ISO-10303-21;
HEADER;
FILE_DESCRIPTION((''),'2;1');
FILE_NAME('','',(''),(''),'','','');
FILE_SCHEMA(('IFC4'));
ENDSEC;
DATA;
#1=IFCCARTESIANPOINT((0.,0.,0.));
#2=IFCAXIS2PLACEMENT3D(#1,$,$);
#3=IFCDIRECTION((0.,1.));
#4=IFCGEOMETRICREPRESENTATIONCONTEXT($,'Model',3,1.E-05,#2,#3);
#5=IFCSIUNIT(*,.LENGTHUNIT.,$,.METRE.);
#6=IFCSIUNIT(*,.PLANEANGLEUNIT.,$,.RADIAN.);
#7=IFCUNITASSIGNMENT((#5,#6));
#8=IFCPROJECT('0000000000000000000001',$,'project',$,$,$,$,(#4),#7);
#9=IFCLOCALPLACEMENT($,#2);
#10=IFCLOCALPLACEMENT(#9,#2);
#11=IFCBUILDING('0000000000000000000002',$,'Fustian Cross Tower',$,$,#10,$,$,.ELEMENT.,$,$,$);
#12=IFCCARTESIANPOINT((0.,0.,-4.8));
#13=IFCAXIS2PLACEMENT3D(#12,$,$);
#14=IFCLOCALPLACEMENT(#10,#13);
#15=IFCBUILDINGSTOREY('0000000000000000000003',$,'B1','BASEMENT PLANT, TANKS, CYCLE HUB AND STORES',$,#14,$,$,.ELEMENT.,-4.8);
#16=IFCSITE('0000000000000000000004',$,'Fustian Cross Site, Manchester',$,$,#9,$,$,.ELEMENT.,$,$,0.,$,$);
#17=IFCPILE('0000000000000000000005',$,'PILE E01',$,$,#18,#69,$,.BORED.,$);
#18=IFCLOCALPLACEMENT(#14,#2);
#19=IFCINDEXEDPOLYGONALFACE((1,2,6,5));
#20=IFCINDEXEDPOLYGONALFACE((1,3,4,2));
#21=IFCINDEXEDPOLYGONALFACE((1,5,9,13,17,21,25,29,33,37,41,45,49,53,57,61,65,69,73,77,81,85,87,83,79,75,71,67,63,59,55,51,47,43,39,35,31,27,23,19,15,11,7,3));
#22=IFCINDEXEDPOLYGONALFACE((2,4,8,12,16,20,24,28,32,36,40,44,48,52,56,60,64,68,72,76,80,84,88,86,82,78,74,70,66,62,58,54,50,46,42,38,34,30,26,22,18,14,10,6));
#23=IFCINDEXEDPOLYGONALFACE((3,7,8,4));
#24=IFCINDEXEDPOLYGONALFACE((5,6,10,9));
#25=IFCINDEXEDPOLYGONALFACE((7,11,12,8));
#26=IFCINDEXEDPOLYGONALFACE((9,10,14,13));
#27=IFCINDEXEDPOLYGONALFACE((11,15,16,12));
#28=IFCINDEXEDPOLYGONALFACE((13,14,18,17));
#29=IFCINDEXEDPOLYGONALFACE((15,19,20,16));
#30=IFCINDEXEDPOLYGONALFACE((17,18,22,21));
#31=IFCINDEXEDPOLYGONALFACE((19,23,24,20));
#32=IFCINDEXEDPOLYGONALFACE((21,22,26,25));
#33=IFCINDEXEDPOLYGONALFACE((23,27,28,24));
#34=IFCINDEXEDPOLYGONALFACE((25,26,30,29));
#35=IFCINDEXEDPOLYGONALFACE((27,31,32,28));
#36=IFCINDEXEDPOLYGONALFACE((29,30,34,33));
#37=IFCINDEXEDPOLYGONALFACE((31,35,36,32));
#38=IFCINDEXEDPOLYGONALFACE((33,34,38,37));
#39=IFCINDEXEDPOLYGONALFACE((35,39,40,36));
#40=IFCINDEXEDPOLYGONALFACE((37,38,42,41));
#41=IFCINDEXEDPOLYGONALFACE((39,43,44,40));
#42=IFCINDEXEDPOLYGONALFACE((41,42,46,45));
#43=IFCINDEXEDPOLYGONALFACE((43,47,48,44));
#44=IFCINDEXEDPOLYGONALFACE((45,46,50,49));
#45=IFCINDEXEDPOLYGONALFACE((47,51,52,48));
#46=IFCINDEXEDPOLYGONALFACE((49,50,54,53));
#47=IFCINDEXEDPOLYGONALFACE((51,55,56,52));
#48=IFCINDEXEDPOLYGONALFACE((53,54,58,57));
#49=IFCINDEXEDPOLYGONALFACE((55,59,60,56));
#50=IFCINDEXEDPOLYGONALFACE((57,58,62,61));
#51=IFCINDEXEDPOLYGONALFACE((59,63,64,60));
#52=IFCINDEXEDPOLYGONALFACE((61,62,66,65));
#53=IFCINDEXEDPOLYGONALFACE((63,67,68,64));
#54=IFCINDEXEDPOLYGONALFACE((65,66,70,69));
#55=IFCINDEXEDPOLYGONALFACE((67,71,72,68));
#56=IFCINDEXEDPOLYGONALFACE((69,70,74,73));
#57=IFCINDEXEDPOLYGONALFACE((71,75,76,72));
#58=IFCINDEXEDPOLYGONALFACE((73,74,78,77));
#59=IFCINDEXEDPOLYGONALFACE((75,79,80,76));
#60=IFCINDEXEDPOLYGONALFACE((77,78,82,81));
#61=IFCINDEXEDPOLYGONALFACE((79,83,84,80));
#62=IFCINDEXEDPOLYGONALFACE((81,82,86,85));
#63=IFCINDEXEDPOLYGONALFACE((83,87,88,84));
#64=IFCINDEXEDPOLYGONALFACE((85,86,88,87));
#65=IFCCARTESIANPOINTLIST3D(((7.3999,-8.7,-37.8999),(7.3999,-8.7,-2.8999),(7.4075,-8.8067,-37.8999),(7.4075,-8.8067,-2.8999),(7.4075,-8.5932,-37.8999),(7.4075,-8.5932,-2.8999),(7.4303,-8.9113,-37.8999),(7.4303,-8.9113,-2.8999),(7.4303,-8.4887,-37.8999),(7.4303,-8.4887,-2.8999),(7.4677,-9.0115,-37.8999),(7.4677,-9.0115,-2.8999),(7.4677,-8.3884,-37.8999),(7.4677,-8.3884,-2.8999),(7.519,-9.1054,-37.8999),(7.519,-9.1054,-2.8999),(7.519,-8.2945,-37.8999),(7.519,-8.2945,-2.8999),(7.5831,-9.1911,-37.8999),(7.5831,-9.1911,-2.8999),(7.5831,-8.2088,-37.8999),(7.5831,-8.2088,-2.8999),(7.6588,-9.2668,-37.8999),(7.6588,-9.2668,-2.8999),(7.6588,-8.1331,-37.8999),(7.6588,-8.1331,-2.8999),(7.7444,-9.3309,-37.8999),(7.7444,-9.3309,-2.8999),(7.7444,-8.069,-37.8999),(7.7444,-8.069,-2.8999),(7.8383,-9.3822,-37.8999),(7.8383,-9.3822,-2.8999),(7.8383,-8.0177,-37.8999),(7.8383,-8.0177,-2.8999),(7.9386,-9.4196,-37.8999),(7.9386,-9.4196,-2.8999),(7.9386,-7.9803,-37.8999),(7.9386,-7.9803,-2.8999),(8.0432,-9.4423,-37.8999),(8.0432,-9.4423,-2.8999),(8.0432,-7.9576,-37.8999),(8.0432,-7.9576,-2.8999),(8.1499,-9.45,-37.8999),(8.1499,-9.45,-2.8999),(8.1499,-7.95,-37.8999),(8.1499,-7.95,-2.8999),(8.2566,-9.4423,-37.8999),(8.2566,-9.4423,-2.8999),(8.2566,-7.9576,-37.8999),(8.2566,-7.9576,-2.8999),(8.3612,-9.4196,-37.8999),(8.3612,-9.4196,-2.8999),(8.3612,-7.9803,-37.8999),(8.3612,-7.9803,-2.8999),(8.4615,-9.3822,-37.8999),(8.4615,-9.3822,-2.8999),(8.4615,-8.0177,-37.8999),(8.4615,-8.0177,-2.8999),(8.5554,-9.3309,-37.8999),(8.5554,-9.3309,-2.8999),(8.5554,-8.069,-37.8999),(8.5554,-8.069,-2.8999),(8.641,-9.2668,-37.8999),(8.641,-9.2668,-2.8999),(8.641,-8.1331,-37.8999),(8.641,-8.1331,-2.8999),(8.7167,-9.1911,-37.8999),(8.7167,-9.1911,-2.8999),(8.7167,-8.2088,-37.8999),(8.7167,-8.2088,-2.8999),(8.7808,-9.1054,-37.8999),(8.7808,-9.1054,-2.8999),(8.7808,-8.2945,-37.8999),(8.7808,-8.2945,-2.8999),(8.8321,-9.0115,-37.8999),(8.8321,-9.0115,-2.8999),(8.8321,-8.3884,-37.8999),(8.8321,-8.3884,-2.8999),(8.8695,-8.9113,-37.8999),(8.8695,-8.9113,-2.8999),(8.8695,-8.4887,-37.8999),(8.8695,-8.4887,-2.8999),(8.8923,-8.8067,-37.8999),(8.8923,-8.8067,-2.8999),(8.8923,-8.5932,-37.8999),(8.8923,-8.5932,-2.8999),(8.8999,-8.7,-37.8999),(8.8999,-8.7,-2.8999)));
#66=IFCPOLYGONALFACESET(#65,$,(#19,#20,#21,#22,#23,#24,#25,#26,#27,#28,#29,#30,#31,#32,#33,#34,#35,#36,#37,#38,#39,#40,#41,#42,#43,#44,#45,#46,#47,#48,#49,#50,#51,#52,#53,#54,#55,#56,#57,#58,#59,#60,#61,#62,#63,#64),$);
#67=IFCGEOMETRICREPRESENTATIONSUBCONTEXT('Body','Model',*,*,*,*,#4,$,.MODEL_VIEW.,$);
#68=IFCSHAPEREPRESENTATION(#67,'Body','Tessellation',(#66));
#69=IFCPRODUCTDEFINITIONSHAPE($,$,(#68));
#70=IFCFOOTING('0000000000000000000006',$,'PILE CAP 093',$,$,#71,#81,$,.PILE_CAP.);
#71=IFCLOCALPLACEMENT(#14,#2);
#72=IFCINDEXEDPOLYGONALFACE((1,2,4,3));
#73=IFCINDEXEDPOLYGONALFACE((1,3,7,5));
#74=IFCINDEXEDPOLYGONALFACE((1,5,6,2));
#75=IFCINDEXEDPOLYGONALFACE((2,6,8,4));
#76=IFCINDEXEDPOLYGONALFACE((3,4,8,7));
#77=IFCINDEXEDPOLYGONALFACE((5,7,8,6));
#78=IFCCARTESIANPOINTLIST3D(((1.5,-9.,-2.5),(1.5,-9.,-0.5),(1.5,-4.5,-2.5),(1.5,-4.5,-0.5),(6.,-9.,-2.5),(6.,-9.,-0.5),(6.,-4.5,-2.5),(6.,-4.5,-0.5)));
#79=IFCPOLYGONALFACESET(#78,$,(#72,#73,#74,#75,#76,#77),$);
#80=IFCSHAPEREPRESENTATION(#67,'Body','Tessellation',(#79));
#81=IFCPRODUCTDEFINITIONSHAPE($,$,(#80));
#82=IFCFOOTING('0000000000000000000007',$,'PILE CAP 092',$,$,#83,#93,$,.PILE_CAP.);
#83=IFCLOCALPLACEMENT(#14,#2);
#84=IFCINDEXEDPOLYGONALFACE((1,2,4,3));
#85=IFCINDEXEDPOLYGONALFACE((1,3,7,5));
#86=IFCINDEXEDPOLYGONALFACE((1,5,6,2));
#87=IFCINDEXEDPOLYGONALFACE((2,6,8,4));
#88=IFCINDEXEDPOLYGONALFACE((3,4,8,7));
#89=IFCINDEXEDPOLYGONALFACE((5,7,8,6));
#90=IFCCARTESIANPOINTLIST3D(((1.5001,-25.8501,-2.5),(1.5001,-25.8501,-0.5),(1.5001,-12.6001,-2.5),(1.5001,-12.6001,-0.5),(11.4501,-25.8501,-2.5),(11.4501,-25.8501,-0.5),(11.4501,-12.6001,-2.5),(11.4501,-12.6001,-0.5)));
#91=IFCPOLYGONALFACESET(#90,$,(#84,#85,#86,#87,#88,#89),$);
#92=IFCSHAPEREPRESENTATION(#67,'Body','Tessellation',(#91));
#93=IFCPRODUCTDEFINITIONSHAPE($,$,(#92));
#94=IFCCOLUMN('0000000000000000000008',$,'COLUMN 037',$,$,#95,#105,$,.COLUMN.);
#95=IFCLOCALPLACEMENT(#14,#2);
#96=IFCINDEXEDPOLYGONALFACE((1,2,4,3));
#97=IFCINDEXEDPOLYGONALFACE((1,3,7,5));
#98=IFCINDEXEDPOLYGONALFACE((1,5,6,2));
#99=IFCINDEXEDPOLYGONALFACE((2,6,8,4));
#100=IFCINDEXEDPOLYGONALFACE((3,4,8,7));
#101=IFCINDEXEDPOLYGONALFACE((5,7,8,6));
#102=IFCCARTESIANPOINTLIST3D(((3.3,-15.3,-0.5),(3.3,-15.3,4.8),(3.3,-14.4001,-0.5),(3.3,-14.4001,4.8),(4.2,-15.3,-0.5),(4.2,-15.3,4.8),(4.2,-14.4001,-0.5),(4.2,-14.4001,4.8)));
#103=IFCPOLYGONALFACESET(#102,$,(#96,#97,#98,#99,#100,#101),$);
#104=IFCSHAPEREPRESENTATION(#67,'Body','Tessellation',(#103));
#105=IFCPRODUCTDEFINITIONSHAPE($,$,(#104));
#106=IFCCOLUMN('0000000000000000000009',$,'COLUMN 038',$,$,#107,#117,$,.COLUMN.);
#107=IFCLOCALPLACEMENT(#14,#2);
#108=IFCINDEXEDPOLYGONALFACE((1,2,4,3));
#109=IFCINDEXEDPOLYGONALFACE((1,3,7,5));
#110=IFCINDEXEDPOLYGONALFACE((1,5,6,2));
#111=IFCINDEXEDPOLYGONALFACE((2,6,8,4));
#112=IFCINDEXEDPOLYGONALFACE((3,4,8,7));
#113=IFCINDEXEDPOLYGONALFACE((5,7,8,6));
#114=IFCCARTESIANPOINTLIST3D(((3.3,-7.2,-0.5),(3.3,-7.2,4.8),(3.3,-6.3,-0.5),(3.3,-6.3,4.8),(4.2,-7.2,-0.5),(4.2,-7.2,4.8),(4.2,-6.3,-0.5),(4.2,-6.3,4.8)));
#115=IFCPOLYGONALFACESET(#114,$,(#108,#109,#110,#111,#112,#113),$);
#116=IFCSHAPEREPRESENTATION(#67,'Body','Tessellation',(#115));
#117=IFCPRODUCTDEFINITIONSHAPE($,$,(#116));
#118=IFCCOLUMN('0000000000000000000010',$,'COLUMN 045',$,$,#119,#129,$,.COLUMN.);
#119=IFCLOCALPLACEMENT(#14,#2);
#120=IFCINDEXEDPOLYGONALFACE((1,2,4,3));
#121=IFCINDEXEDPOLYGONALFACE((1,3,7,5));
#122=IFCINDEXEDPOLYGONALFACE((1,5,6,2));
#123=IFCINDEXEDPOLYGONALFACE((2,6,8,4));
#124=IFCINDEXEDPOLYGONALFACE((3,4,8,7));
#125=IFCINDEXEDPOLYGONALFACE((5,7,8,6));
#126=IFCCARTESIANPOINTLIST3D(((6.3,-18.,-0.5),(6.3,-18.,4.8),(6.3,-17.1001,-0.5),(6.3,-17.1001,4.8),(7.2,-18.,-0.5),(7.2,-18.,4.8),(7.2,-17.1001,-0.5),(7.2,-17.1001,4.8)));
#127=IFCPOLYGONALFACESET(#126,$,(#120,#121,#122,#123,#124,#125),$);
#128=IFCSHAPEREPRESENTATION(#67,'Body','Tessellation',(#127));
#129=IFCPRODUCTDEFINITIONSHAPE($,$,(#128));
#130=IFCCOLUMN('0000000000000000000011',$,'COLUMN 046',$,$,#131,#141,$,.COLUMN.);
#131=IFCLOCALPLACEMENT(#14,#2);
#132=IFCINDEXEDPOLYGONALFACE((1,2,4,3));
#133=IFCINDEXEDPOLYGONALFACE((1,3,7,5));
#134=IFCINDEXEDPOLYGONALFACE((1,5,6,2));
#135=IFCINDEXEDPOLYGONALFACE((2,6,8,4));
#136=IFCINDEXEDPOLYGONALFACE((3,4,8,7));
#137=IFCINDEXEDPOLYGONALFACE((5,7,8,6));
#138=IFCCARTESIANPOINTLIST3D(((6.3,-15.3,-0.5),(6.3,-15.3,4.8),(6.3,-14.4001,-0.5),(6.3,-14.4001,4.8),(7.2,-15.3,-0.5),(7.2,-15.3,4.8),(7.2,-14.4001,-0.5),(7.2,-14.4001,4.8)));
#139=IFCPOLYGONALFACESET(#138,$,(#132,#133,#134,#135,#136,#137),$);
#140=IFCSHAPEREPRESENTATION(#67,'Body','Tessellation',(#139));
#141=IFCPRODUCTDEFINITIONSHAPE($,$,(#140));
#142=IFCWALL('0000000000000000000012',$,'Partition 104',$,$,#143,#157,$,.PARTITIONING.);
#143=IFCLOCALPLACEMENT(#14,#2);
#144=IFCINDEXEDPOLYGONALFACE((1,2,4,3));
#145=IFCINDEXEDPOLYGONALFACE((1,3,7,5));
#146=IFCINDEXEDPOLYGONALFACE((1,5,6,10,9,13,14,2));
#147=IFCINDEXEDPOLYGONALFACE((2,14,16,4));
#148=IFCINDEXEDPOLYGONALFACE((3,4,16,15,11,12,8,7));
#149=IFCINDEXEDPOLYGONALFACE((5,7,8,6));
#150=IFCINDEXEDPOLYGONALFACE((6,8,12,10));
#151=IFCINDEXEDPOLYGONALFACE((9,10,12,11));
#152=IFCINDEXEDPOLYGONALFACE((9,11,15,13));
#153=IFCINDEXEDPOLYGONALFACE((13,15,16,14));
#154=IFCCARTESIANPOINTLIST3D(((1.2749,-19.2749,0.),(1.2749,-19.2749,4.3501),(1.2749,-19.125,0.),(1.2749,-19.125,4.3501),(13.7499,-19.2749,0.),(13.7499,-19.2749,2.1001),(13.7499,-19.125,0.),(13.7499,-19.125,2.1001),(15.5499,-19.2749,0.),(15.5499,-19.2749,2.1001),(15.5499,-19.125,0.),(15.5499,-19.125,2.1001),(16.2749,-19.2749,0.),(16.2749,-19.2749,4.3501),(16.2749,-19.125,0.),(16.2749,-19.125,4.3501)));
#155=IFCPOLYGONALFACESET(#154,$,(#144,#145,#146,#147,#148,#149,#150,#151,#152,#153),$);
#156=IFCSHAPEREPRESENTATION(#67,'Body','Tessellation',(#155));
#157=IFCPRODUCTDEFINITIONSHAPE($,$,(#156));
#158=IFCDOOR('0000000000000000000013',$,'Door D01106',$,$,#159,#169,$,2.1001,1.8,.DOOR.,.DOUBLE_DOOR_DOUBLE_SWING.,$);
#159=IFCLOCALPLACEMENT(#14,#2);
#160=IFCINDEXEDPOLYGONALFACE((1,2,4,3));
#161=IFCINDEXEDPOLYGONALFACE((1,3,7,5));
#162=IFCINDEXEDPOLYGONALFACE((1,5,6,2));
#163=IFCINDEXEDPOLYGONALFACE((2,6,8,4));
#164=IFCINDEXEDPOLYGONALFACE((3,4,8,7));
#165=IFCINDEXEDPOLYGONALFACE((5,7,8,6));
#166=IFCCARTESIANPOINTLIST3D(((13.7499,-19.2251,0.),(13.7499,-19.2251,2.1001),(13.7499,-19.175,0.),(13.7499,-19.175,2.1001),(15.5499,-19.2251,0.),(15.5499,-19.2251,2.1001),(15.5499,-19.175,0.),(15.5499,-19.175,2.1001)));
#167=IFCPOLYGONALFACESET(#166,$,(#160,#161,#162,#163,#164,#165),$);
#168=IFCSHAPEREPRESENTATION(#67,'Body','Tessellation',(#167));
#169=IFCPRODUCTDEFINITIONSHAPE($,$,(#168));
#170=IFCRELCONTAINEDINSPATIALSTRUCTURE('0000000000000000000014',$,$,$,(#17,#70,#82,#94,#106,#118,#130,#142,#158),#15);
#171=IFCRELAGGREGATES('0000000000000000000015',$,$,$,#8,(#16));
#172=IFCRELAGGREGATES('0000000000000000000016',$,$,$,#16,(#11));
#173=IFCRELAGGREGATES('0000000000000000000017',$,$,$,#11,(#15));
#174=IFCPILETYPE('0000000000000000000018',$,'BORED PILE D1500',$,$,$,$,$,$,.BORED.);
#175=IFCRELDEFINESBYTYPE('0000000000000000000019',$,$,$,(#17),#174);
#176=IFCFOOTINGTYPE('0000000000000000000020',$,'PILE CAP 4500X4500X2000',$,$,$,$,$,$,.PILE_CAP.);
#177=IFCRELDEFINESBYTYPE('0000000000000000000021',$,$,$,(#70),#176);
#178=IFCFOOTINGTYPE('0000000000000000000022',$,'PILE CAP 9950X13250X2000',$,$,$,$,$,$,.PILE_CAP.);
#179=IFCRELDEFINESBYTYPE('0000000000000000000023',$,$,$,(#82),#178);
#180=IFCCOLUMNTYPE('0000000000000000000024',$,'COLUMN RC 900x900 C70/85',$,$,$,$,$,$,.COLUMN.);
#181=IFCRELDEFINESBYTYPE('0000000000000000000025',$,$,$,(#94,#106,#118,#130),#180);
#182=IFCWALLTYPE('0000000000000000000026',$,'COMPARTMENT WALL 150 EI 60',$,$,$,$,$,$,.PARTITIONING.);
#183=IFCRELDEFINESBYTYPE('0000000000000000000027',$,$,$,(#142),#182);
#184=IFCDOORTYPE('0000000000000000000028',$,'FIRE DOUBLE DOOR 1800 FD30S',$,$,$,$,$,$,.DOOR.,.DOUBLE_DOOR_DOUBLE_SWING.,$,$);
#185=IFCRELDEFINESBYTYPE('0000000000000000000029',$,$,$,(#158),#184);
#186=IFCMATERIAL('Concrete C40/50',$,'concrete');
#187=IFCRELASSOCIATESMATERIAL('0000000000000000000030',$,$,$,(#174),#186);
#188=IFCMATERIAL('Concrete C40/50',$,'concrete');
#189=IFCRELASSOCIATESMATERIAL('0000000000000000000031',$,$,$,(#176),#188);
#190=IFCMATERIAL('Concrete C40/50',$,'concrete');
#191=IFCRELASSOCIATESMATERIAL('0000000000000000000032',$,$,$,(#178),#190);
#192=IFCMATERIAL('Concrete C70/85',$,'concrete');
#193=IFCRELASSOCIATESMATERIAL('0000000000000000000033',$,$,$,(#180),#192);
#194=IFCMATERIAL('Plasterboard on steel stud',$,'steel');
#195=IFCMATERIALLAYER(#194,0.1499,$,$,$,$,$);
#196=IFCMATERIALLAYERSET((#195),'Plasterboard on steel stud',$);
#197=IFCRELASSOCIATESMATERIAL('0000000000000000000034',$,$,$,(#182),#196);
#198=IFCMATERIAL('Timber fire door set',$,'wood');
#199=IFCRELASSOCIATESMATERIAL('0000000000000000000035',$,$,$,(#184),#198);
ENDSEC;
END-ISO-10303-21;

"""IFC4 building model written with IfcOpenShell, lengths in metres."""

from ifc_helpers import new_model, si_unit, direction, frame, frame_2d, origin, origin_2d, place, context, subcontext, project, spatial, rectangle, circle, extrude, material, layer, layer_set, material_profile, profile_set, type_object, element, fill, save


model = new_model("IFC4")

# Units and contexts
model_context = context("Model", 3, precision=1e-05, world=origin(), true_north=direction((0.0, 1.0)))
body_context = subcontext(model_context, "Body", "Model", "MODEL_VIEW")
ifc_project = project(units=[si_unit("LENGTHUNIT", "METRE"), si_unit("PLANEANGLEUNIT", "RADIAN")], contexts=[model_context])

# Site, building, storey
site_placement = place(None, origin())
site = spatial("IfcSite", under=ifc_project, at=site_placement, Name="Fustian Cross Site, Manchester", CompositionType="ELEMENT", RefElevation=0.0)
building_placement = place(site_placement, origin())
building = spatial("IfcBuilding", under=site, at=building_placement, Name="Fustian Cross Tower", CompositionType="ELEMENT")
storey_placement = place(building_placement, frame((0.0, 0.0, -4.8)))
storey = spatial("IfcBuildingStorey", under=building, at=storey_placement, Name="B1", Description="BASEMENT PLANT, TANKS, CYCLE HUB AND STORES", CompositionType="ELEMENT", Elevation=-4.8)

# Pile
ifc_material_1 = material(Name="Concrete C40/50", Category="concrete")
ifc_material_profile_1 = material_profile(ifc_material_1, circle(Radius=0.75, at=origin_2d()), Name="BORED PILE D1500")
ifc_profile_set_1 = profile_set([ifc_material_profile_1], Name="Concrete C40/50")
pile_type_1 = type_object("IfcPileType", Name="BORED PILE D1500", PredefinedType="BORED", material=ifc_profile_set_1)
pile_placement = place(storey_placement, frame((8.1499, -8.7, -2.8999), z_axis=(0.0, 0.0, -1.0), x_axis=(1.0, 0.0, 0.0)))
element("IfcPile", 1, at=pile_placement, inside=storey, type_object=pile_type_1, Name="PILE E01", PredefinedType="BORED", context=body_context, shape_type="SweptSolid", body=[
    extrude(circle(Radius=0.75, at=origin_2d()), origin(), (0.0, 0.0, 1.0), 35.0),
])

# Footings
ifc_material_2 = material(Name="Concrete C40/50", Category="concrete")
footing_type_1 = type_object("IfcFootingType", Name="PILE CAP 4500X4500X2000", PredefinedType="PILE_CAP", material=ifc_material_2)
footing_1_placement = place(storey_placement, frame((3.75, -6.75, -2.5), z_axis=(0.0, 0.0, 1.0), x_axis=(1.0, 0.0, 0.0)))
element("IfcFooting", 2, at=footing_1_placement, inside=storey, type_object=footing_type_1, Name="PILE CAP 093", PredefinedType="PILE_CAP", context=body_context, shape_type="SweptSolid", body=[
    extrude(rectangle(XDim=4.5, YDim=4.5, at=origin_2d()), origin(), (0.0, 0.0, 1.0), 2.0),
])
ifc_material_3 = material(Name="Concrete C40/50", Category="concrete")
footing_type_2 = type_object("IfcFootingType", Name="PILE CAP 9950X13250X2000", PredefinedType="PILE_CAP", material=ifc_material_3)
footing_2_placement = place(storey_placement, frame((6.4751, -19.2251, -2.5), z_axis=(0.0, 0.0, 1.0), x_axis=(1.0, 0.0, 0.0)))
element("IfcFooting", 3, at=footing_2_placement, inside=storey, type_object=footing_type_2, Name="PILE CAP 092", PredefinedType="PILE_CAP", context=body_context, shape_type="SweptSolid", body=[
    extrude(rectangle(XDim=9.95, YDim=13.25, at=origin_2d()), origin(), (0.0, 0.0, 1.0), 2.0),
])

# Columns
ifc_material_4 = material(Name="Concrete C70/85", Category="concrete")
ifc_material_profile_2 = material_profile(ifc_material_4, rectangle(XDim=0.8999, YDim=0.8999, at=origin_2d()), Name="RC 900x900")
ifc_profile_set_2 = profile_set([ifc_material_profile_2], Name="Concrete C70/85")
column_type = type_object("IfcColumnType", Name="COLUMN RC 900x900 C70/85", PredefinedType="COLUMN", material=ifc_profile_set_2)
for number, where, z_axis, x_axis, name in (
    (4, (3.75, -14.8501, -0.5), (0.0, 0.0, 1.0), (1.0, 0.0, 0.0), "COLUMN 037"),
    (5, (3.75, -6.75, -0.5), (0.0, 0.0, 1.0), (1.0, 0.0, 0.0), "COLUMN 038"),
    (6, (6.75, -17.55, -0.5), (0.0, 0.0, 1.0), (1.0, 0.0, 0.0), "COLUMN 045"),
    (7, (6.75, -14.8501, -0.5), (0.0, 0.0, 1.0), (1.0, 0.0, 0.0), "COLUMN 046"),
):
    element("IfcColumn", number, at=place(storey_placement, frame(where, z_axis=z_axis, x_axis=x_axis)), inside=storey, type_object=column_type, Name=name, PredefinedType="COLUMN", context=body_context, shape_type="SweptSolid", body=[
        extrude(rectangle(XDim=0.8999, YDim=0.8999, at=origin_2d()), origin(), (0.0, 0.0, 1.0), 5.3),
    ])

# Wall, opening, door
ifc_material_5 = material(Name="Plasterboard on steel stud", Category="steel")
ifc_layer_1 = layer(ifc_material_5, 0.1499)
ifc_layer_set_1 = layer_set([ifc_layer_1], Name="Plasterboard on steel stud")
wall_type_1 = type_object("IfcWallType", Name="COMPARTMENT WALL 150 EI 60", PredefinedType="PARTITIONING", material=ifc_layer_set_1)
wall_1_placement = place(storey_placement, frame((1.2749, -19.2, 0.0), z_axis=(0.0, 0.0, 1.0), x_axis=(1.0, 0.0, 0.0)))
wall_1 = element("IfcWall", 8, at=wall_1_placement, inside=storey, type_object=wall_type_1, Name="Partition 104", PredefinedType="PARTITIONING", context=body_context, shape_type="SweptSolid", body=[
    extrude(rectangle(XDim=15.0, YDim=0.1499, at=frame_2d((7.5, 0.0))), origin(), (0.0, 0.0, 1.0), 4.3501),
])
opening_1_placement = place(wall_1_placement, frame((12.4751, 0.0, 0.0)))
opening_1 = element("IfcOpeningElement", 9, at=opening_1_placement, cuts=wall_1, PredefinedType="OPENING", context=body_context, shape_type="SweptSolid", body=[
    extrude(rectangle(XDim=1.8, YDim=2.1001, at=frame_2d((0.8999, 1.05))), frame((0.0, 0.085, 0.0), z_axis=(0.0, -1.0, 0.0), x_axis=(1.0, 0.0, 0.0)), (0.0, 0.0, 1.0), 0.1699),
])
ifc_material_6 = material(Name="Timber fire door set", Category="wood")
door_type_1 = type_object("IfcDoorType", Name="FIRE DOUBLE DOOR 1800 FD30S", OperationType="DOUBLE_DOOR_DOUBLE_SWING", PredefinedType="DOOR", material=ifc_material_6)
door_1_placement = place(opening_1_placement, origin())
door_1 = element("IfcDoor", 10, at=door_1_placement, inside=storey, type_object=door_type_1, Name="Door D01106", OperationType="DOUBLE_DOOR_DOUBLE_SWING", OverallHeight=2.1001, OverallWidth=1.8, PredefinedType="DOOR", context=body_context, shape_type="SweptSolid", body=[
    extrude(rectangle(XDim=1.8, YDim=2.1001, at=frame_2d((0.8999, 1.05))), frame((0.0, 0.0249, 0.0), z_axis=(0.0, -1.0, 0.0), x_axis=(1.0, 0.0, 0.0)), (0.0, 0.0, 1.0), 0.05),
])
fill(opening_1, door_1)

save(model, "model.ifc")
